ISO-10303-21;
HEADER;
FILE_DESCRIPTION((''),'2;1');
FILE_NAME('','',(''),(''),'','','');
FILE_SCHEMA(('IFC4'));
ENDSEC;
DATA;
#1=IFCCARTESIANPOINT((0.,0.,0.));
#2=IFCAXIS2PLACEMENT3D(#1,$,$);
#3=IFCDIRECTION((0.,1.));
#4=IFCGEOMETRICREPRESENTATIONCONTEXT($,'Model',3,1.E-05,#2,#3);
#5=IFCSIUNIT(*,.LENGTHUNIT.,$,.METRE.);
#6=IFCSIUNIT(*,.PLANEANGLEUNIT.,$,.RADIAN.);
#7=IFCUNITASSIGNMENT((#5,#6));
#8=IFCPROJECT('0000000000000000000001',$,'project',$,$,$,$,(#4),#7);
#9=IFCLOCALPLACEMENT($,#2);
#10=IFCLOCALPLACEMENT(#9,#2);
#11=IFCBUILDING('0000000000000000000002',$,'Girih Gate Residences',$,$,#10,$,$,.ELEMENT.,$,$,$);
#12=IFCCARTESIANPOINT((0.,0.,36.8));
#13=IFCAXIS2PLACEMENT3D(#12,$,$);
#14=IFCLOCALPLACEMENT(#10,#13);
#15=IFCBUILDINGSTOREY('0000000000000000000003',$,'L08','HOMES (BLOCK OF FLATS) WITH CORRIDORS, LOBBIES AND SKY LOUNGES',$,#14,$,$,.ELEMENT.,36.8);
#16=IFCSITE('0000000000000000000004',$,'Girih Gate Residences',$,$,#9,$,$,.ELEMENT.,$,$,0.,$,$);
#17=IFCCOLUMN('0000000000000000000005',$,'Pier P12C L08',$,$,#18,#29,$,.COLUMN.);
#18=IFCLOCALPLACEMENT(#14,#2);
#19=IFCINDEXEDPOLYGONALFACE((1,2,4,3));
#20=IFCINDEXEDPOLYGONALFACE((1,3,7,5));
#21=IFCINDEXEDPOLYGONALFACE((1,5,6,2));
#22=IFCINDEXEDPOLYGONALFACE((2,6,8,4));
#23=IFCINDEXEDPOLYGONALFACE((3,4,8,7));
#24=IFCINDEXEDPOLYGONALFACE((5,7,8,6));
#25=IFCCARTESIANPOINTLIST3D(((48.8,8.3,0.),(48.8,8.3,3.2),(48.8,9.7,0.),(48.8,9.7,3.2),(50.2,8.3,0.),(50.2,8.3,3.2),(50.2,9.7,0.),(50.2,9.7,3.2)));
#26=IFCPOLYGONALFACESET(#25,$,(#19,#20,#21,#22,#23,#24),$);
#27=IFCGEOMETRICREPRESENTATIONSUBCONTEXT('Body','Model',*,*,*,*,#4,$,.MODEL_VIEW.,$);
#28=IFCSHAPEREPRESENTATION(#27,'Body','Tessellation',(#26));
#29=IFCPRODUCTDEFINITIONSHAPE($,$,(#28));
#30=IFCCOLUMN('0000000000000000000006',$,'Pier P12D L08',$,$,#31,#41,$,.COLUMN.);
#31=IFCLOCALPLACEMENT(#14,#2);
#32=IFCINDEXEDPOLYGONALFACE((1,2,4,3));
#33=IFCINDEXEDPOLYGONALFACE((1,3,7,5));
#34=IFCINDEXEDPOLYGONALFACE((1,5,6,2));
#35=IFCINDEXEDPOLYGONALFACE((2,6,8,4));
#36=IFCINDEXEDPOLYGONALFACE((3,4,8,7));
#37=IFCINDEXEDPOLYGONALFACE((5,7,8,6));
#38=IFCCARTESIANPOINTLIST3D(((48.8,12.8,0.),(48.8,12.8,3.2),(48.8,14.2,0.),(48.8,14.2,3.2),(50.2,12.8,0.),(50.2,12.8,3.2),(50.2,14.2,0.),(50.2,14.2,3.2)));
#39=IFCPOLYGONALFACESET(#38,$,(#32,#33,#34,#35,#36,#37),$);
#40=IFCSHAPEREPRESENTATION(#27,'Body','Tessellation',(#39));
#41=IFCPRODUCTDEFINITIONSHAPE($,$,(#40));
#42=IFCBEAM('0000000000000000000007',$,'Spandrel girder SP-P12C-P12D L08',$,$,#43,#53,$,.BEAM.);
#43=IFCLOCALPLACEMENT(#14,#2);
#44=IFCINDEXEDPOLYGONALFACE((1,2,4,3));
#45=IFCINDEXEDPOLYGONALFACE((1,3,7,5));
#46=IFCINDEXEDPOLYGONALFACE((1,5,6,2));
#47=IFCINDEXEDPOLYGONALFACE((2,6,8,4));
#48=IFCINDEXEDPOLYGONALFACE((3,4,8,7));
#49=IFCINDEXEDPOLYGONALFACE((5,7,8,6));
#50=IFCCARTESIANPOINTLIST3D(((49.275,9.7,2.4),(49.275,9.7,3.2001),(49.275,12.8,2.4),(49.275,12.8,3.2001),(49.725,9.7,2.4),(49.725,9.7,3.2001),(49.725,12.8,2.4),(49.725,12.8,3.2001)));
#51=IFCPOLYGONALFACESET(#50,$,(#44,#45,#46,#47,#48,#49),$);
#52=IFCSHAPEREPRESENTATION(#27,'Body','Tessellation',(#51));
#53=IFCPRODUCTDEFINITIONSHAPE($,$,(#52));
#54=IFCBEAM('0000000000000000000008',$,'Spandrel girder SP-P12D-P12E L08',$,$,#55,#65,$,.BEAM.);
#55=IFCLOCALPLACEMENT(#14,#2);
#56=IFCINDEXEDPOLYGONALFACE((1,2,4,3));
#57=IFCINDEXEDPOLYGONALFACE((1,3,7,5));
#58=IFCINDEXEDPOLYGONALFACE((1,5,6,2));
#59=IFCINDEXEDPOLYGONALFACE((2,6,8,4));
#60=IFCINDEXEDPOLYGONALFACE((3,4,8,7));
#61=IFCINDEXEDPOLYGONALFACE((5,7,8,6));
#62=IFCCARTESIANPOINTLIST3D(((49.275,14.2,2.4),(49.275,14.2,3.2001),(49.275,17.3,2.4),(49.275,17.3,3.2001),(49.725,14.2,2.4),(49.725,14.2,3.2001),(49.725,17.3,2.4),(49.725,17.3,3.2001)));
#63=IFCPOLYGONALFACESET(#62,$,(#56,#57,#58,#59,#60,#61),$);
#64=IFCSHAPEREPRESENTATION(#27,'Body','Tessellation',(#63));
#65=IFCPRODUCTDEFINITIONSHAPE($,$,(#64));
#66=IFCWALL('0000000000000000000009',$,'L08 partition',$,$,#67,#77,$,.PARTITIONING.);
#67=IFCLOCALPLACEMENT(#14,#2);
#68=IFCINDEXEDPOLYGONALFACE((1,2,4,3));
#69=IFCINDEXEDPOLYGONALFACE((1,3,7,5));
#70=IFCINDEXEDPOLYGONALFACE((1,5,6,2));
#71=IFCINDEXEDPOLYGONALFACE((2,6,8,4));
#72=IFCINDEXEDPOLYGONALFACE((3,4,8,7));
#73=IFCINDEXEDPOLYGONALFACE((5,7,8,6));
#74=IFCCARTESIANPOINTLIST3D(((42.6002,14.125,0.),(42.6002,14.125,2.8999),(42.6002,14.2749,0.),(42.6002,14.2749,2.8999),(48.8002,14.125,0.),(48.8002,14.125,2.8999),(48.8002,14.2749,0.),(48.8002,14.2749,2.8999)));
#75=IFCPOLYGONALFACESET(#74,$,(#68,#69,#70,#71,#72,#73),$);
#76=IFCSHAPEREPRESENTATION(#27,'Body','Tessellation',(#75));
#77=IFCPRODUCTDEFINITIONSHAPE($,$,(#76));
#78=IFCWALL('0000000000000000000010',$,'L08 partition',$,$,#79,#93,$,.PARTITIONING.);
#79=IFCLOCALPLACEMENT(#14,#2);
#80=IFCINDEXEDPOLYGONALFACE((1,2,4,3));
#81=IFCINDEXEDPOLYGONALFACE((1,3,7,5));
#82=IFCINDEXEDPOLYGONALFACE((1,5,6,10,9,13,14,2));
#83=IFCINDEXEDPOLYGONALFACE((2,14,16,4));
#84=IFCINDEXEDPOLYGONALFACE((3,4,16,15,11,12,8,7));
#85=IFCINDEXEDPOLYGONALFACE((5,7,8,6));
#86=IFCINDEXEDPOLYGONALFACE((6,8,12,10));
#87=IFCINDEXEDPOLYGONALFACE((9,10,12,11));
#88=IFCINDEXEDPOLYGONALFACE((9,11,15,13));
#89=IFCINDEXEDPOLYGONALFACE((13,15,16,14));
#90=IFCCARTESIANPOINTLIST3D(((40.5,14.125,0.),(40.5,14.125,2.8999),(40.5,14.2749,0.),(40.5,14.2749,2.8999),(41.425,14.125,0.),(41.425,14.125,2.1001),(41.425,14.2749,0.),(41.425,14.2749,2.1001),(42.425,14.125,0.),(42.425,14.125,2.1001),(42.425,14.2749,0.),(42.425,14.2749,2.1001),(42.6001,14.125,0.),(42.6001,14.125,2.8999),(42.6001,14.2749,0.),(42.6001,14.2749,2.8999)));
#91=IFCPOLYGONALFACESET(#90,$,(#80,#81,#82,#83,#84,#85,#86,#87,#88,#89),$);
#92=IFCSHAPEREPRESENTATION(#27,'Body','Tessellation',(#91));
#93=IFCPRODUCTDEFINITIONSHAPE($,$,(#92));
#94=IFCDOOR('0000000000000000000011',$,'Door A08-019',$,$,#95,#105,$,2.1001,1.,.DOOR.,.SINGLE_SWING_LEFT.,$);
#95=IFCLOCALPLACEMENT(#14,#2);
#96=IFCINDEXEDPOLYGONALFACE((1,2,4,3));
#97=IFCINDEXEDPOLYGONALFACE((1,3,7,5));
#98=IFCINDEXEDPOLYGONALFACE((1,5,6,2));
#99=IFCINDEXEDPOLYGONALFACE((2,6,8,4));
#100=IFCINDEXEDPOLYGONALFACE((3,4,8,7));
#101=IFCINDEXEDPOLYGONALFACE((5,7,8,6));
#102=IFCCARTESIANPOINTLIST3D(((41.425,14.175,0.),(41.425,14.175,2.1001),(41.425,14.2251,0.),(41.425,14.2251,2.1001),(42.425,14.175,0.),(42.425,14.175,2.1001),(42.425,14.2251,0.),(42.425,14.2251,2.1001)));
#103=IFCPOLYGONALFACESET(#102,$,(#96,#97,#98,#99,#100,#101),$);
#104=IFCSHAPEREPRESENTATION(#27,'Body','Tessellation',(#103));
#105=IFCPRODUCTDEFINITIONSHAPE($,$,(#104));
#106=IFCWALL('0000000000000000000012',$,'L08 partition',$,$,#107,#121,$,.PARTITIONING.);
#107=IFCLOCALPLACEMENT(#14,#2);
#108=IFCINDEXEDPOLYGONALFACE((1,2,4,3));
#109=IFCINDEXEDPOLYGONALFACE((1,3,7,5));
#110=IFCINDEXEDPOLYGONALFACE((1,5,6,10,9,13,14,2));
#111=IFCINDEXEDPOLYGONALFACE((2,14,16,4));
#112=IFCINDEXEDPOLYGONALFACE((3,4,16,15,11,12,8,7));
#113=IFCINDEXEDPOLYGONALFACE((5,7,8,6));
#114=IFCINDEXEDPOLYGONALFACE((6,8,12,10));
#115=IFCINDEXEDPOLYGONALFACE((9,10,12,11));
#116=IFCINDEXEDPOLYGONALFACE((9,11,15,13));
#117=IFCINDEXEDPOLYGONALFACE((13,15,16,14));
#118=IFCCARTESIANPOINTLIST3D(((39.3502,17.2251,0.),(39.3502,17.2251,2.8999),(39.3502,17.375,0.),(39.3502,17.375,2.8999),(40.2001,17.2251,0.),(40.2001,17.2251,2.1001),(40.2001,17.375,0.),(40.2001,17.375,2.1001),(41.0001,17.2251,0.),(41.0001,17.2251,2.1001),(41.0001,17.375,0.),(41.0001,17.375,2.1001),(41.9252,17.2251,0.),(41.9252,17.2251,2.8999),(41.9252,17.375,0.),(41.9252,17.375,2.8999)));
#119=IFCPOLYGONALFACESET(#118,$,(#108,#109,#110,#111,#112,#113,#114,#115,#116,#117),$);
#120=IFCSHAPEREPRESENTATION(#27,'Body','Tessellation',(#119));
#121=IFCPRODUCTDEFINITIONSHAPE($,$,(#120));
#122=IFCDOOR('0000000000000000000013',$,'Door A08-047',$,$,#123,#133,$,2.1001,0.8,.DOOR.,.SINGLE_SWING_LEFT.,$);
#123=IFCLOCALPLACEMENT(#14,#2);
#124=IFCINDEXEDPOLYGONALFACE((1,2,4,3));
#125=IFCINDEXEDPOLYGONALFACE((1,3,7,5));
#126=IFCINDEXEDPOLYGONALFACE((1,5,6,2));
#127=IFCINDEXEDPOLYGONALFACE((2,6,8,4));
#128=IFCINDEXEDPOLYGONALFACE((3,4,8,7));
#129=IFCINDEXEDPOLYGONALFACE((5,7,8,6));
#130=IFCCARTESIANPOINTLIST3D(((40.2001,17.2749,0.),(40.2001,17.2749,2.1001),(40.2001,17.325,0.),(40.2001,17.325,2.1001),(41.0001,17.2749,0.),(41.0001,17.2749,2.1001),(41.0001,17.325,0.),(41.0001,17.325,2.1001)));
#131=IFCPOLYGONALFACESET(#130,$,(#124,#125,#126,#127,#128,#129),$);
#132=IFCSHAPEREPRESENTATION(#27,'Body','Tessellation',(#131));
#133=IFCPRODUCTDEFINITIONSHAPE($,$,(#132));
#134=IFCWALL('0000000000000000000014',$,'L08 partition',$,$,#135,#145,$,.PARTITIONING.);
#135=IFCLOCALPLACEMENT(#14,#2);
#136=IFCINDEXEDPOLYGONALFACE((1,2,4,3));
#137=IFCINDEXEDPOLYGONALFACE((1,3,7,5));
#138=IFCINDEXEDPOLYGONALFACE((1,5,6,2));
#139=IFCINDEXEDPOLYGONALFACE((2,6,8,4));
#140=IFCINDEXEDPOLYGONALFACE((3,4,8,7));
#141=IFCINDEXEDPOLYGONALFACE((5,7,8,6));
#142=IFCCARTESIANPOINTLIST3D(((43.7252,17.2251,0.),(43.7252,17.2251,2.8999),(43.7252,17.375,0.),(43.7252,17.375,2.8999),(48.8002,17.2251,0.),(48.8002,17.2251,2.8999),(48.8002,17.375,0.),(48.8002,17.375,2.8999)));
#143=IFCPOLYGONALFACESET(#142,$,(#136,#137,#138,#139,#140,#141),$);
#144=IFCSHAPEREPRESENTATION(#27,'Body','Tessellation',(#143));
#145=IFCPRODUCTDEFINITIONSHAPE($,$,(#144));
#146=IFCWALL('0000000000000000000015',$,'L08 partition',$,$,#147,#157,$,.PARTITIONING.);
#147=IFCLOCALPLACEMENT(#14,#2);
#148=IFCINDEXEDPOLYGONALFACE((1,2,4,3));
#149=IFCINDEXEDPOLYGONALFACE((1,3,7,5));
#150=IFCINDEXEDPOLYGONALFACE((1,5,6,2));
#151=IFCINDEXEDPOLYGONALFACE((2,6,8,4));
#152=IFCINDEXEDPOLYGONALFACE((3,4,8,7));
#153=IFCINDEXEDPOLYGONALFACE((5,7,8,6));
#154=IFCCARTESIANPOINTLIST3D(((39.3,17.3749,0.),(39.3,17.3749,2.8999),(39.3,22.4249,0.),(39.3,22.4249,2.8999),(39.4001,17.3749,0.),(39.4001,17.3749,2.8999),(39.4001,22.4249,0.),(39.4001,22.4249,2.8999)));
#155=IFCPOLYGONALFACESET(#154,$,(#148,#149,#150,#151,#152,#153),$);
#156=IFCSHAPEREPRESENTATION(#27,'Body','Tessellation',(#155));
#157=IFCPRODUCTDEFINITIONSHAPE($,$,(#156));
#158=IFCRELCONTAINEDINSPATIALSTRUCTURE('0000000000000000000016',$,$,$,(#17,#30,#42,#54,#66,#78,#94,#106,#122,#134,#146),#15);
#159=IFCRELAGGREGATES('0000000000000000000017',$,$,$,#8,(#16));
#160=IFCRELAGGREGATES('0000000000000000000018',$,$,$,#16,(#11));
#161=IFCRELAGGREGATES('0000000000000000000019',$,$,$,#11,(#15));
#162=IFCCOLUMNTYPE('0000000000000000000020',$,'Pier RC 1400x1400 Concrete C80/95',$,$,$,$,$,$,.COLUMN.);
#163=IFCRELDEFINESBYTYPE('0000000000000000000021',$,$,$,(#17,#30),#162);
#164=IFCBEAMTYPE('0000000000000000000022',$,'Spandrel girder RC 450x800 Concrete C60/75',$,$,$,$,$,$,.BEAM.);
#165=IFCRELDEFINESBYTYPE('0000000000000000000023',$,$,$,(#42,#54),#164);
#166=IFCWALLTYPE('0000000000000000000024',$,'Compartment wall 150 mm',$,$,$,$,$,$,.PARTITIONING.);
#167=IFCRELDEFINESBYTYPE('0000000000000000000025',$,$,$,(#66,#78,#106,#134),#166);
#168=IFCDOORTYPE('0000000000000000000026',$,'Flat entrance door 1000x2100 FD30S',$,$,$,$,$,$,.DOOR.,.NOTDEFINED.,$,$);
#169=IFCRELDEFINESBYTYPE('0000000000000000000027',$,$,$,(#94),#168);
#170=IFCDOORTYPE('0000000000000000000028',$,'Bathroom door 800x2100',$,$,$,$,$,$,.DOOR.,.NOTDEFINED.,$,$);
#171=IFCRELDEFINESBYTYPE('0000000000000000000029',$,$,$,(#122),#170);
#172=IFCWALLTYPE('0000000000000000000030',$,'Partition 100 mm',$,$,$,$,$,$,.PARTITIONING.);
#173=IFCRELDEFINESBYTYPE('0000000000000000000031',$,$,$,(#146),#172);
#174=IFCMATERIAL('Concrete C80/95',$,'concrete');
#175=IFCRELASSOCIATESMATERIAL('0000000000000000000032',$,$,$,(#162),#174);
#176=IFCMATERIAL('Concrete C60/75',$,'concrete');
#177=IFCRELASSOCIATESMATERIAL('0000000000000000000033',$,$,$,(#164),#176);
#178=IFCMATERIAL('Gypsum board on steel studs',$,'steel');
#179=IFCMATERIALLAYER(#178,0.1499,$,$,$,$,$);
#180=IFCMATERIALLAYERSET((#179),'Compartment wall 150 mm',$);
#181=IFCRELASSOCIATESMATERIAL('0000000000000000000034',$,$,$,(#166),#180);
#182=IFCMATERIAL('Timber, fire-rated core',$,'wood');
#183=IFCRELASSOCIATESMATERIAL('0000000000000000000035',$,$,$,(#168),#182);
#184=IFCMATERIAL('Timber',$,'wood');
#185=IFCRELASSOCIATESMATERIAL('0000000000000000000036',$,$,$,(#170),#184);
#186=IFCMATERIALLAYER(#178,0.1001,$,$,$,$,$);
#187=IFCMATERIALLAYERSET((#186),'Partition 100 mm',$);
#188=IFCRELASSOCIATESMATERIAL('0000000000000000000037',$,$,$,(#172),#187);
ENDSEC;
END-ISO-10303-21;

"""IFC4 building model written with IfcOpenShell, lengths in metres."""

from ifc_helpers import new_model, si_unit, direction, frame, frame_2d, origin, origin_2d, place, context, subcontext, project, spatial, rectangle, extrude, material, layer, layer_set, material_profile, profile_set, type_object, element, fill, save


model = new_model("IFC4")

# Units and contexts
model_context = context("Model", 3, precision=1e-05, world=origin(), true_north=direction((0.0, 1.0)))
body_context = subcontext(model_context, "Body", "Model", "MODEL_VIEW")
ifc_project = project(units=[si_unit("LENGTHUNIT", "METRE"), si_unit("PLANEANGLEUNIT", "RADIAN")], contexts=[model_context])

# Site, building, storey
site_placement = place(None, origin())
site = spatial("IfcSite", under=ifc_project, at=site_placement, Name="Girih Gate Residences", CompositionType="ELEMENT", RefElevation=0.0)
building_placement = place(site_placement, origin())
building = spatial("IfcBuilding", under=site, at=building_placement, Name="Girih Gate Residences", CompositionType="ELEMENT")
storey_placement = place(building_placement, frame((0.0, 0.0, 36.8)))
storey = spatial("IfcBuildingStorey", under=building, at=storey_placement, Name="L08", Description="HOMES (BLOCK OF FLATS) WITH CORRIDORS, LOBBIES AND SKY LOUNGES", CompositionType="ELEMENT", Elevation=36.8)

# Columns
ifc_material_1 = material(Name="Concrete C80/95", Category="concrete")
ifc_material_profile_1 = material_profile(ifc_material_1, rectangle(XDim=1.3999, YDim=1.3999, at=origin_2d()))
ifc_profile_set_1 = profile_set([ifc_material_profile_1], Name="Concrete C80/95")
column_type = type_object("IfcColumnType", Name="Pier RC 1400x1400 Concrete C80/95", PredefinedType="COLUMN", material=ifc_profile_set_1)
for number, where, z_axis, x_axis, name in (
    (1, (49.5, 9.0, 0.0), (0.0, 0.0, 1.0), (1.0, 0.0, 0.0), "Pier P12C L08"),
    (2, (49.5, 13.5, 0.0), (0.0, 0.0, 1.0), (1.0, 0.0, 0.0), "Pier P12D L08"),
):
    element("IfcColumn", number, at=place(storey_placement, frame(where, z_axis=z_axis, x_axis=x_axis)), inside=storey, type_object=column_type, Name=name, PredefinedType="COLUMN", context=body_context, shape_type="SweptSolid", body=[
        extrude(rectangle(XDim=1.3999, YDim=1.3999, at=origin_2d()), origin(), (0.0, 0.0, 1.0), 3.2),
    ])

# Beams
ifc_material_2 = material(Name="Concrete C60/75", Category="concrete")
ifc_material_profile_2 = material_profile(ifc_material_2, rectangle(XDim=0.45, YDim=0.8, at=origin_2d()))
ifc_profile_set_2 = profile_set([ifc_material_profile_2], Name="Concrete C60/75")
beam_type = type_object("IfcBeamType", Name="Spandrel girder RC 450x800 Concrete C60/75", PredefinedType="BEAM", material=ifc_profile_set_2)
for number, where, z_axis, x_axis, name in (
    (3, (49.5, 9.7, 2.8), (0.0, 1.0, 0.0), (-1.0, 0.0, 0.0), "Spandrel girder SP-P12C-P12D L08"),
    (4, (49.5, 14.2, 2.8), (0.0, 1.0, 0.0), (-1.0, 0.0, 0.0), "Spandrel girder SP-P12D-P12E L08"),
):
    element("IfcBeam", number, at=place(storey_placement, frame(where, z_axis=z_axis, x_axis=x_axis)), inside=storey, type_object=beam_type, Name=name, PredefinedType="BEAM", context=body_context, shape_type="SweptSolid", body=[
        extrude(rectangle(XDim=0.45, YDim=0.8, at=origin_2d()), origin(), (0.0, 0.0, 1.0), 3.1001),
    ])

# Wall
ifc_material_3 = material(Name="Gypsum board on steel studs", Category="steel")
ifc_layer_1 = layer(ifc_material_3, 0.1499)
ifc_layer_set_1 = layer_set([ifc_layer_1], Name="Compartment wall 150 mm")
wall_type_1 = type_object("IfcWallType", Name="Compartment wall 150 mm", PredefinedType="PARTITIONING", material=ifc_layer_set_1)
wall_1_placement = place(storey_placement, frame((42.6001, 14.2, 0.0), z_axis=(0.0, 0.0, 1.0), x_axis=(1.0, 0.0, 0.0)))
element("IfcWall", 5, at=wall_1_placement, inside=storey, type_object=wall_type_1, Name="L08 partition", PredefinedType="PARTITIONING", context=body_context, shape_type="SweptSolid", body=[
    extrude(rectangle(XDim=6.2, YDim=0.1499, at=frame_2d((3.1001, 0.0))), origin(), (0.0, 0.0, 1.0), 2.8999),
])

# Walls, openings, doors
wall_2_placement = place(storey_placement, frame((42.6001, 14.2, 0.0), z_axis=(0.0, 0.0, 1.0), x_axis=(-1.0, 0.0, 0.0)))
wall_2 = element("IfcWall", 6, at=wall_2_placement, inside=storey, type_object=wall_type_1, Name="L08 partition", PredefinedType="PARTITIONING", context=body_context, shape_type="SweptSolid", body=[
    extrude(rectangle(XDim=2.1001, YDim=0.1499, at=frame_2d((1.05, 0.0))), origin(), (0.0, 0.0, 1.0), 2.8999),
])
opening_1_placement = place(wall_2_placement, frame((0.175, 0.0, 0.0)))
opening_1 = element("IfcOpeningElement", 7, at=opening_1_placement, cuts=wall_2, PredefinedType="OPENING", context=body_context, shape_type="SweptSolid", body=[
    extrude(rectangle(XDim=1.0, YDim=2.1001, at=frame_2d((0.5, 1.05))), frame((0.0, 0.085, 0.0), z_axis=(0.0, -1.0, 0.0), x_axis=(1.0, 0.0, 0.0)), (0.0, 0.0, 1.0), 0.1699),
])
ifc_material_4 = material(Name="Timber, fire-rated core", Category="wood")
door_type_1 = type_object("IfcDoorType", Name="Flat entrance door 1000x2100 FD30S", OperationType="NOTDEFINED", PredefinedType="DOOR", material=ifc_material_4)
door_1_placement = place(opening_1_placement, origin())
door_1 = element("IfcDoor", 8, at=door_1_placement, inside=storey, type_object=door_type_1, Name="Door A08-019", OperationType="SINGLE_SWING_LEFT", OverallHeight=2.1001, OverallWidth=1.0, PredefinedType="DOOR", context=body_context, shape_type="SweptSolid", body=[
    extrude(rectangle(XDim=1.0, YDim=2.1001, at=frame_2d((0.5, 1.05))), frame((0.0, 0.0249, 0.0), z_axis=(0.0, -1.0, 0.0), x_axis=(1.0, 0.0, 0.0)), (0.0, 0.0, 1.0), 0.05),
])
fill(opening_1, door_1)
wall_3_placement = place(storey_placement, frame((39.3501, 17.3, 0.0), z_axis=(0.0, 0.0, 1.0), x_axis=(1.0, 0.0, 0.0)))
wall_3 = element("IfcWall", 9, at=wall_3_placement, inside=storey, type_object=wall_type_1, Name="L08 partition", PredefinedType="PARTITIONING", context=body_context, shape_type="SweptSolid", body=[
    extrude(rectangle(XDim=2.575, YDim=0.1499, at=frame_2d((1.2876, 0.0))), origin(), (0.0, 0.0, 1.0), 2.8999),
])
opening_2_placement = place(wall_3_placement, frame((0.8501, 0.0, 0.0)))
opening_2 = element("IfcOpeningElement", 10, at=opening_2_placement, cuts=wall_3, PredefinedType="OPENING", context=body_context, shape_type="SweptSolid", body=[
    extrude(rectangle(XDim=0.8, YDim=2.1001, at=frame_2d((0.3999, 1.05))), frame((0.0, 0.085, 0.0), z_axis=(0.0, -1.0, 0.0), x_axis=(1.0, 0.0, 0.0)), (0.0, 0.0, 1.0), 0.1699),
])
ifc_material_5 = material(Name="Timber", Category="wood")
door_type_2 = type_object("IfcDoorType", Name="Bathroom door 800x2100", OperationType="NOTDEFINED", PredefinedType="DOOR", material=ifc_material_5)
door_2_placement = place(opening_2_placement, origin())
door_2 = element("IfcDoor", 11, at=door_2_placement, inside=storey, type_object=door_type_2, Name="Door A08-047", OperationType="SINGLE_SWING_LEFT", OverallHeight=2.1001, OverallWidth=0.8, PredefinedType="DOOR", context=body_context, shape_type="SweptSolid", body=[
    extrude(rectangle(XDim=0.8, YDim=2.1001, at=frame_2d((0.3999, 1.05))), frame((0.0, 0.0249, 0.0), z_axis=(0.0, -1.0, 0.0), x_axis=(1.0, 0.0, 0.0)), (0.0, 0.0, 1.0), 0.05),
])
fill(opening_2, door_2)

# Walls
wall_4_placement = place(storey_placement, frame((43.7251, 17.3, 0.0), z_axis=(0.0, 0.0, 1.0), x_axis=(1.0, 0.0, 0.0)))
element("IfcWall", 12, at=wall_4_placement, inside=storey, type_object=wall_type_1, Name="L08 partition", PredefinedType="PARTITIONING", context=body_context, shape_type="SweptSolid", body=[
    extrude(rectangle(XDim=5.075, YDim=0.1499, at=frame_2d((2.5376, 0.0))), origin(), (0.0, 0.0, 1.0), 2.8999),
])
ifc_layer_2 = layer(ifc_material_3, 0.1001)
ifc_layer_set_2 = layer_set([ifc_layer_2], Name="Partition 100 mm")
wall_type_2 = type_object("IfcWallType", Name="Partition 100 mm", PredefinedType="PARTITIONING", material=ifc_layer_set_2)
wall_5_placement = place(storey_placement, frame((39.3501, 17.375, 0.0), z_axis=(0.0, 0.0, 1.0), x_axis=(0.0, 1.0, 0.0)))
element("IfcWall", 13, at=wall_5_placement, inside=storey, type_object=wall_type_2, Name="L08 partition", PredefinedType="PARTITIONING", context=body_context, shape_type="SweptSolid", body=[
    extrude(rectangle(XDim=5.05, YDim=0.1001, at=frame_2d((2.5249, 0.0))), origin(), (0.0, 0.0, 1.0), 2.8999),
])

save(model, "model.ifc")
